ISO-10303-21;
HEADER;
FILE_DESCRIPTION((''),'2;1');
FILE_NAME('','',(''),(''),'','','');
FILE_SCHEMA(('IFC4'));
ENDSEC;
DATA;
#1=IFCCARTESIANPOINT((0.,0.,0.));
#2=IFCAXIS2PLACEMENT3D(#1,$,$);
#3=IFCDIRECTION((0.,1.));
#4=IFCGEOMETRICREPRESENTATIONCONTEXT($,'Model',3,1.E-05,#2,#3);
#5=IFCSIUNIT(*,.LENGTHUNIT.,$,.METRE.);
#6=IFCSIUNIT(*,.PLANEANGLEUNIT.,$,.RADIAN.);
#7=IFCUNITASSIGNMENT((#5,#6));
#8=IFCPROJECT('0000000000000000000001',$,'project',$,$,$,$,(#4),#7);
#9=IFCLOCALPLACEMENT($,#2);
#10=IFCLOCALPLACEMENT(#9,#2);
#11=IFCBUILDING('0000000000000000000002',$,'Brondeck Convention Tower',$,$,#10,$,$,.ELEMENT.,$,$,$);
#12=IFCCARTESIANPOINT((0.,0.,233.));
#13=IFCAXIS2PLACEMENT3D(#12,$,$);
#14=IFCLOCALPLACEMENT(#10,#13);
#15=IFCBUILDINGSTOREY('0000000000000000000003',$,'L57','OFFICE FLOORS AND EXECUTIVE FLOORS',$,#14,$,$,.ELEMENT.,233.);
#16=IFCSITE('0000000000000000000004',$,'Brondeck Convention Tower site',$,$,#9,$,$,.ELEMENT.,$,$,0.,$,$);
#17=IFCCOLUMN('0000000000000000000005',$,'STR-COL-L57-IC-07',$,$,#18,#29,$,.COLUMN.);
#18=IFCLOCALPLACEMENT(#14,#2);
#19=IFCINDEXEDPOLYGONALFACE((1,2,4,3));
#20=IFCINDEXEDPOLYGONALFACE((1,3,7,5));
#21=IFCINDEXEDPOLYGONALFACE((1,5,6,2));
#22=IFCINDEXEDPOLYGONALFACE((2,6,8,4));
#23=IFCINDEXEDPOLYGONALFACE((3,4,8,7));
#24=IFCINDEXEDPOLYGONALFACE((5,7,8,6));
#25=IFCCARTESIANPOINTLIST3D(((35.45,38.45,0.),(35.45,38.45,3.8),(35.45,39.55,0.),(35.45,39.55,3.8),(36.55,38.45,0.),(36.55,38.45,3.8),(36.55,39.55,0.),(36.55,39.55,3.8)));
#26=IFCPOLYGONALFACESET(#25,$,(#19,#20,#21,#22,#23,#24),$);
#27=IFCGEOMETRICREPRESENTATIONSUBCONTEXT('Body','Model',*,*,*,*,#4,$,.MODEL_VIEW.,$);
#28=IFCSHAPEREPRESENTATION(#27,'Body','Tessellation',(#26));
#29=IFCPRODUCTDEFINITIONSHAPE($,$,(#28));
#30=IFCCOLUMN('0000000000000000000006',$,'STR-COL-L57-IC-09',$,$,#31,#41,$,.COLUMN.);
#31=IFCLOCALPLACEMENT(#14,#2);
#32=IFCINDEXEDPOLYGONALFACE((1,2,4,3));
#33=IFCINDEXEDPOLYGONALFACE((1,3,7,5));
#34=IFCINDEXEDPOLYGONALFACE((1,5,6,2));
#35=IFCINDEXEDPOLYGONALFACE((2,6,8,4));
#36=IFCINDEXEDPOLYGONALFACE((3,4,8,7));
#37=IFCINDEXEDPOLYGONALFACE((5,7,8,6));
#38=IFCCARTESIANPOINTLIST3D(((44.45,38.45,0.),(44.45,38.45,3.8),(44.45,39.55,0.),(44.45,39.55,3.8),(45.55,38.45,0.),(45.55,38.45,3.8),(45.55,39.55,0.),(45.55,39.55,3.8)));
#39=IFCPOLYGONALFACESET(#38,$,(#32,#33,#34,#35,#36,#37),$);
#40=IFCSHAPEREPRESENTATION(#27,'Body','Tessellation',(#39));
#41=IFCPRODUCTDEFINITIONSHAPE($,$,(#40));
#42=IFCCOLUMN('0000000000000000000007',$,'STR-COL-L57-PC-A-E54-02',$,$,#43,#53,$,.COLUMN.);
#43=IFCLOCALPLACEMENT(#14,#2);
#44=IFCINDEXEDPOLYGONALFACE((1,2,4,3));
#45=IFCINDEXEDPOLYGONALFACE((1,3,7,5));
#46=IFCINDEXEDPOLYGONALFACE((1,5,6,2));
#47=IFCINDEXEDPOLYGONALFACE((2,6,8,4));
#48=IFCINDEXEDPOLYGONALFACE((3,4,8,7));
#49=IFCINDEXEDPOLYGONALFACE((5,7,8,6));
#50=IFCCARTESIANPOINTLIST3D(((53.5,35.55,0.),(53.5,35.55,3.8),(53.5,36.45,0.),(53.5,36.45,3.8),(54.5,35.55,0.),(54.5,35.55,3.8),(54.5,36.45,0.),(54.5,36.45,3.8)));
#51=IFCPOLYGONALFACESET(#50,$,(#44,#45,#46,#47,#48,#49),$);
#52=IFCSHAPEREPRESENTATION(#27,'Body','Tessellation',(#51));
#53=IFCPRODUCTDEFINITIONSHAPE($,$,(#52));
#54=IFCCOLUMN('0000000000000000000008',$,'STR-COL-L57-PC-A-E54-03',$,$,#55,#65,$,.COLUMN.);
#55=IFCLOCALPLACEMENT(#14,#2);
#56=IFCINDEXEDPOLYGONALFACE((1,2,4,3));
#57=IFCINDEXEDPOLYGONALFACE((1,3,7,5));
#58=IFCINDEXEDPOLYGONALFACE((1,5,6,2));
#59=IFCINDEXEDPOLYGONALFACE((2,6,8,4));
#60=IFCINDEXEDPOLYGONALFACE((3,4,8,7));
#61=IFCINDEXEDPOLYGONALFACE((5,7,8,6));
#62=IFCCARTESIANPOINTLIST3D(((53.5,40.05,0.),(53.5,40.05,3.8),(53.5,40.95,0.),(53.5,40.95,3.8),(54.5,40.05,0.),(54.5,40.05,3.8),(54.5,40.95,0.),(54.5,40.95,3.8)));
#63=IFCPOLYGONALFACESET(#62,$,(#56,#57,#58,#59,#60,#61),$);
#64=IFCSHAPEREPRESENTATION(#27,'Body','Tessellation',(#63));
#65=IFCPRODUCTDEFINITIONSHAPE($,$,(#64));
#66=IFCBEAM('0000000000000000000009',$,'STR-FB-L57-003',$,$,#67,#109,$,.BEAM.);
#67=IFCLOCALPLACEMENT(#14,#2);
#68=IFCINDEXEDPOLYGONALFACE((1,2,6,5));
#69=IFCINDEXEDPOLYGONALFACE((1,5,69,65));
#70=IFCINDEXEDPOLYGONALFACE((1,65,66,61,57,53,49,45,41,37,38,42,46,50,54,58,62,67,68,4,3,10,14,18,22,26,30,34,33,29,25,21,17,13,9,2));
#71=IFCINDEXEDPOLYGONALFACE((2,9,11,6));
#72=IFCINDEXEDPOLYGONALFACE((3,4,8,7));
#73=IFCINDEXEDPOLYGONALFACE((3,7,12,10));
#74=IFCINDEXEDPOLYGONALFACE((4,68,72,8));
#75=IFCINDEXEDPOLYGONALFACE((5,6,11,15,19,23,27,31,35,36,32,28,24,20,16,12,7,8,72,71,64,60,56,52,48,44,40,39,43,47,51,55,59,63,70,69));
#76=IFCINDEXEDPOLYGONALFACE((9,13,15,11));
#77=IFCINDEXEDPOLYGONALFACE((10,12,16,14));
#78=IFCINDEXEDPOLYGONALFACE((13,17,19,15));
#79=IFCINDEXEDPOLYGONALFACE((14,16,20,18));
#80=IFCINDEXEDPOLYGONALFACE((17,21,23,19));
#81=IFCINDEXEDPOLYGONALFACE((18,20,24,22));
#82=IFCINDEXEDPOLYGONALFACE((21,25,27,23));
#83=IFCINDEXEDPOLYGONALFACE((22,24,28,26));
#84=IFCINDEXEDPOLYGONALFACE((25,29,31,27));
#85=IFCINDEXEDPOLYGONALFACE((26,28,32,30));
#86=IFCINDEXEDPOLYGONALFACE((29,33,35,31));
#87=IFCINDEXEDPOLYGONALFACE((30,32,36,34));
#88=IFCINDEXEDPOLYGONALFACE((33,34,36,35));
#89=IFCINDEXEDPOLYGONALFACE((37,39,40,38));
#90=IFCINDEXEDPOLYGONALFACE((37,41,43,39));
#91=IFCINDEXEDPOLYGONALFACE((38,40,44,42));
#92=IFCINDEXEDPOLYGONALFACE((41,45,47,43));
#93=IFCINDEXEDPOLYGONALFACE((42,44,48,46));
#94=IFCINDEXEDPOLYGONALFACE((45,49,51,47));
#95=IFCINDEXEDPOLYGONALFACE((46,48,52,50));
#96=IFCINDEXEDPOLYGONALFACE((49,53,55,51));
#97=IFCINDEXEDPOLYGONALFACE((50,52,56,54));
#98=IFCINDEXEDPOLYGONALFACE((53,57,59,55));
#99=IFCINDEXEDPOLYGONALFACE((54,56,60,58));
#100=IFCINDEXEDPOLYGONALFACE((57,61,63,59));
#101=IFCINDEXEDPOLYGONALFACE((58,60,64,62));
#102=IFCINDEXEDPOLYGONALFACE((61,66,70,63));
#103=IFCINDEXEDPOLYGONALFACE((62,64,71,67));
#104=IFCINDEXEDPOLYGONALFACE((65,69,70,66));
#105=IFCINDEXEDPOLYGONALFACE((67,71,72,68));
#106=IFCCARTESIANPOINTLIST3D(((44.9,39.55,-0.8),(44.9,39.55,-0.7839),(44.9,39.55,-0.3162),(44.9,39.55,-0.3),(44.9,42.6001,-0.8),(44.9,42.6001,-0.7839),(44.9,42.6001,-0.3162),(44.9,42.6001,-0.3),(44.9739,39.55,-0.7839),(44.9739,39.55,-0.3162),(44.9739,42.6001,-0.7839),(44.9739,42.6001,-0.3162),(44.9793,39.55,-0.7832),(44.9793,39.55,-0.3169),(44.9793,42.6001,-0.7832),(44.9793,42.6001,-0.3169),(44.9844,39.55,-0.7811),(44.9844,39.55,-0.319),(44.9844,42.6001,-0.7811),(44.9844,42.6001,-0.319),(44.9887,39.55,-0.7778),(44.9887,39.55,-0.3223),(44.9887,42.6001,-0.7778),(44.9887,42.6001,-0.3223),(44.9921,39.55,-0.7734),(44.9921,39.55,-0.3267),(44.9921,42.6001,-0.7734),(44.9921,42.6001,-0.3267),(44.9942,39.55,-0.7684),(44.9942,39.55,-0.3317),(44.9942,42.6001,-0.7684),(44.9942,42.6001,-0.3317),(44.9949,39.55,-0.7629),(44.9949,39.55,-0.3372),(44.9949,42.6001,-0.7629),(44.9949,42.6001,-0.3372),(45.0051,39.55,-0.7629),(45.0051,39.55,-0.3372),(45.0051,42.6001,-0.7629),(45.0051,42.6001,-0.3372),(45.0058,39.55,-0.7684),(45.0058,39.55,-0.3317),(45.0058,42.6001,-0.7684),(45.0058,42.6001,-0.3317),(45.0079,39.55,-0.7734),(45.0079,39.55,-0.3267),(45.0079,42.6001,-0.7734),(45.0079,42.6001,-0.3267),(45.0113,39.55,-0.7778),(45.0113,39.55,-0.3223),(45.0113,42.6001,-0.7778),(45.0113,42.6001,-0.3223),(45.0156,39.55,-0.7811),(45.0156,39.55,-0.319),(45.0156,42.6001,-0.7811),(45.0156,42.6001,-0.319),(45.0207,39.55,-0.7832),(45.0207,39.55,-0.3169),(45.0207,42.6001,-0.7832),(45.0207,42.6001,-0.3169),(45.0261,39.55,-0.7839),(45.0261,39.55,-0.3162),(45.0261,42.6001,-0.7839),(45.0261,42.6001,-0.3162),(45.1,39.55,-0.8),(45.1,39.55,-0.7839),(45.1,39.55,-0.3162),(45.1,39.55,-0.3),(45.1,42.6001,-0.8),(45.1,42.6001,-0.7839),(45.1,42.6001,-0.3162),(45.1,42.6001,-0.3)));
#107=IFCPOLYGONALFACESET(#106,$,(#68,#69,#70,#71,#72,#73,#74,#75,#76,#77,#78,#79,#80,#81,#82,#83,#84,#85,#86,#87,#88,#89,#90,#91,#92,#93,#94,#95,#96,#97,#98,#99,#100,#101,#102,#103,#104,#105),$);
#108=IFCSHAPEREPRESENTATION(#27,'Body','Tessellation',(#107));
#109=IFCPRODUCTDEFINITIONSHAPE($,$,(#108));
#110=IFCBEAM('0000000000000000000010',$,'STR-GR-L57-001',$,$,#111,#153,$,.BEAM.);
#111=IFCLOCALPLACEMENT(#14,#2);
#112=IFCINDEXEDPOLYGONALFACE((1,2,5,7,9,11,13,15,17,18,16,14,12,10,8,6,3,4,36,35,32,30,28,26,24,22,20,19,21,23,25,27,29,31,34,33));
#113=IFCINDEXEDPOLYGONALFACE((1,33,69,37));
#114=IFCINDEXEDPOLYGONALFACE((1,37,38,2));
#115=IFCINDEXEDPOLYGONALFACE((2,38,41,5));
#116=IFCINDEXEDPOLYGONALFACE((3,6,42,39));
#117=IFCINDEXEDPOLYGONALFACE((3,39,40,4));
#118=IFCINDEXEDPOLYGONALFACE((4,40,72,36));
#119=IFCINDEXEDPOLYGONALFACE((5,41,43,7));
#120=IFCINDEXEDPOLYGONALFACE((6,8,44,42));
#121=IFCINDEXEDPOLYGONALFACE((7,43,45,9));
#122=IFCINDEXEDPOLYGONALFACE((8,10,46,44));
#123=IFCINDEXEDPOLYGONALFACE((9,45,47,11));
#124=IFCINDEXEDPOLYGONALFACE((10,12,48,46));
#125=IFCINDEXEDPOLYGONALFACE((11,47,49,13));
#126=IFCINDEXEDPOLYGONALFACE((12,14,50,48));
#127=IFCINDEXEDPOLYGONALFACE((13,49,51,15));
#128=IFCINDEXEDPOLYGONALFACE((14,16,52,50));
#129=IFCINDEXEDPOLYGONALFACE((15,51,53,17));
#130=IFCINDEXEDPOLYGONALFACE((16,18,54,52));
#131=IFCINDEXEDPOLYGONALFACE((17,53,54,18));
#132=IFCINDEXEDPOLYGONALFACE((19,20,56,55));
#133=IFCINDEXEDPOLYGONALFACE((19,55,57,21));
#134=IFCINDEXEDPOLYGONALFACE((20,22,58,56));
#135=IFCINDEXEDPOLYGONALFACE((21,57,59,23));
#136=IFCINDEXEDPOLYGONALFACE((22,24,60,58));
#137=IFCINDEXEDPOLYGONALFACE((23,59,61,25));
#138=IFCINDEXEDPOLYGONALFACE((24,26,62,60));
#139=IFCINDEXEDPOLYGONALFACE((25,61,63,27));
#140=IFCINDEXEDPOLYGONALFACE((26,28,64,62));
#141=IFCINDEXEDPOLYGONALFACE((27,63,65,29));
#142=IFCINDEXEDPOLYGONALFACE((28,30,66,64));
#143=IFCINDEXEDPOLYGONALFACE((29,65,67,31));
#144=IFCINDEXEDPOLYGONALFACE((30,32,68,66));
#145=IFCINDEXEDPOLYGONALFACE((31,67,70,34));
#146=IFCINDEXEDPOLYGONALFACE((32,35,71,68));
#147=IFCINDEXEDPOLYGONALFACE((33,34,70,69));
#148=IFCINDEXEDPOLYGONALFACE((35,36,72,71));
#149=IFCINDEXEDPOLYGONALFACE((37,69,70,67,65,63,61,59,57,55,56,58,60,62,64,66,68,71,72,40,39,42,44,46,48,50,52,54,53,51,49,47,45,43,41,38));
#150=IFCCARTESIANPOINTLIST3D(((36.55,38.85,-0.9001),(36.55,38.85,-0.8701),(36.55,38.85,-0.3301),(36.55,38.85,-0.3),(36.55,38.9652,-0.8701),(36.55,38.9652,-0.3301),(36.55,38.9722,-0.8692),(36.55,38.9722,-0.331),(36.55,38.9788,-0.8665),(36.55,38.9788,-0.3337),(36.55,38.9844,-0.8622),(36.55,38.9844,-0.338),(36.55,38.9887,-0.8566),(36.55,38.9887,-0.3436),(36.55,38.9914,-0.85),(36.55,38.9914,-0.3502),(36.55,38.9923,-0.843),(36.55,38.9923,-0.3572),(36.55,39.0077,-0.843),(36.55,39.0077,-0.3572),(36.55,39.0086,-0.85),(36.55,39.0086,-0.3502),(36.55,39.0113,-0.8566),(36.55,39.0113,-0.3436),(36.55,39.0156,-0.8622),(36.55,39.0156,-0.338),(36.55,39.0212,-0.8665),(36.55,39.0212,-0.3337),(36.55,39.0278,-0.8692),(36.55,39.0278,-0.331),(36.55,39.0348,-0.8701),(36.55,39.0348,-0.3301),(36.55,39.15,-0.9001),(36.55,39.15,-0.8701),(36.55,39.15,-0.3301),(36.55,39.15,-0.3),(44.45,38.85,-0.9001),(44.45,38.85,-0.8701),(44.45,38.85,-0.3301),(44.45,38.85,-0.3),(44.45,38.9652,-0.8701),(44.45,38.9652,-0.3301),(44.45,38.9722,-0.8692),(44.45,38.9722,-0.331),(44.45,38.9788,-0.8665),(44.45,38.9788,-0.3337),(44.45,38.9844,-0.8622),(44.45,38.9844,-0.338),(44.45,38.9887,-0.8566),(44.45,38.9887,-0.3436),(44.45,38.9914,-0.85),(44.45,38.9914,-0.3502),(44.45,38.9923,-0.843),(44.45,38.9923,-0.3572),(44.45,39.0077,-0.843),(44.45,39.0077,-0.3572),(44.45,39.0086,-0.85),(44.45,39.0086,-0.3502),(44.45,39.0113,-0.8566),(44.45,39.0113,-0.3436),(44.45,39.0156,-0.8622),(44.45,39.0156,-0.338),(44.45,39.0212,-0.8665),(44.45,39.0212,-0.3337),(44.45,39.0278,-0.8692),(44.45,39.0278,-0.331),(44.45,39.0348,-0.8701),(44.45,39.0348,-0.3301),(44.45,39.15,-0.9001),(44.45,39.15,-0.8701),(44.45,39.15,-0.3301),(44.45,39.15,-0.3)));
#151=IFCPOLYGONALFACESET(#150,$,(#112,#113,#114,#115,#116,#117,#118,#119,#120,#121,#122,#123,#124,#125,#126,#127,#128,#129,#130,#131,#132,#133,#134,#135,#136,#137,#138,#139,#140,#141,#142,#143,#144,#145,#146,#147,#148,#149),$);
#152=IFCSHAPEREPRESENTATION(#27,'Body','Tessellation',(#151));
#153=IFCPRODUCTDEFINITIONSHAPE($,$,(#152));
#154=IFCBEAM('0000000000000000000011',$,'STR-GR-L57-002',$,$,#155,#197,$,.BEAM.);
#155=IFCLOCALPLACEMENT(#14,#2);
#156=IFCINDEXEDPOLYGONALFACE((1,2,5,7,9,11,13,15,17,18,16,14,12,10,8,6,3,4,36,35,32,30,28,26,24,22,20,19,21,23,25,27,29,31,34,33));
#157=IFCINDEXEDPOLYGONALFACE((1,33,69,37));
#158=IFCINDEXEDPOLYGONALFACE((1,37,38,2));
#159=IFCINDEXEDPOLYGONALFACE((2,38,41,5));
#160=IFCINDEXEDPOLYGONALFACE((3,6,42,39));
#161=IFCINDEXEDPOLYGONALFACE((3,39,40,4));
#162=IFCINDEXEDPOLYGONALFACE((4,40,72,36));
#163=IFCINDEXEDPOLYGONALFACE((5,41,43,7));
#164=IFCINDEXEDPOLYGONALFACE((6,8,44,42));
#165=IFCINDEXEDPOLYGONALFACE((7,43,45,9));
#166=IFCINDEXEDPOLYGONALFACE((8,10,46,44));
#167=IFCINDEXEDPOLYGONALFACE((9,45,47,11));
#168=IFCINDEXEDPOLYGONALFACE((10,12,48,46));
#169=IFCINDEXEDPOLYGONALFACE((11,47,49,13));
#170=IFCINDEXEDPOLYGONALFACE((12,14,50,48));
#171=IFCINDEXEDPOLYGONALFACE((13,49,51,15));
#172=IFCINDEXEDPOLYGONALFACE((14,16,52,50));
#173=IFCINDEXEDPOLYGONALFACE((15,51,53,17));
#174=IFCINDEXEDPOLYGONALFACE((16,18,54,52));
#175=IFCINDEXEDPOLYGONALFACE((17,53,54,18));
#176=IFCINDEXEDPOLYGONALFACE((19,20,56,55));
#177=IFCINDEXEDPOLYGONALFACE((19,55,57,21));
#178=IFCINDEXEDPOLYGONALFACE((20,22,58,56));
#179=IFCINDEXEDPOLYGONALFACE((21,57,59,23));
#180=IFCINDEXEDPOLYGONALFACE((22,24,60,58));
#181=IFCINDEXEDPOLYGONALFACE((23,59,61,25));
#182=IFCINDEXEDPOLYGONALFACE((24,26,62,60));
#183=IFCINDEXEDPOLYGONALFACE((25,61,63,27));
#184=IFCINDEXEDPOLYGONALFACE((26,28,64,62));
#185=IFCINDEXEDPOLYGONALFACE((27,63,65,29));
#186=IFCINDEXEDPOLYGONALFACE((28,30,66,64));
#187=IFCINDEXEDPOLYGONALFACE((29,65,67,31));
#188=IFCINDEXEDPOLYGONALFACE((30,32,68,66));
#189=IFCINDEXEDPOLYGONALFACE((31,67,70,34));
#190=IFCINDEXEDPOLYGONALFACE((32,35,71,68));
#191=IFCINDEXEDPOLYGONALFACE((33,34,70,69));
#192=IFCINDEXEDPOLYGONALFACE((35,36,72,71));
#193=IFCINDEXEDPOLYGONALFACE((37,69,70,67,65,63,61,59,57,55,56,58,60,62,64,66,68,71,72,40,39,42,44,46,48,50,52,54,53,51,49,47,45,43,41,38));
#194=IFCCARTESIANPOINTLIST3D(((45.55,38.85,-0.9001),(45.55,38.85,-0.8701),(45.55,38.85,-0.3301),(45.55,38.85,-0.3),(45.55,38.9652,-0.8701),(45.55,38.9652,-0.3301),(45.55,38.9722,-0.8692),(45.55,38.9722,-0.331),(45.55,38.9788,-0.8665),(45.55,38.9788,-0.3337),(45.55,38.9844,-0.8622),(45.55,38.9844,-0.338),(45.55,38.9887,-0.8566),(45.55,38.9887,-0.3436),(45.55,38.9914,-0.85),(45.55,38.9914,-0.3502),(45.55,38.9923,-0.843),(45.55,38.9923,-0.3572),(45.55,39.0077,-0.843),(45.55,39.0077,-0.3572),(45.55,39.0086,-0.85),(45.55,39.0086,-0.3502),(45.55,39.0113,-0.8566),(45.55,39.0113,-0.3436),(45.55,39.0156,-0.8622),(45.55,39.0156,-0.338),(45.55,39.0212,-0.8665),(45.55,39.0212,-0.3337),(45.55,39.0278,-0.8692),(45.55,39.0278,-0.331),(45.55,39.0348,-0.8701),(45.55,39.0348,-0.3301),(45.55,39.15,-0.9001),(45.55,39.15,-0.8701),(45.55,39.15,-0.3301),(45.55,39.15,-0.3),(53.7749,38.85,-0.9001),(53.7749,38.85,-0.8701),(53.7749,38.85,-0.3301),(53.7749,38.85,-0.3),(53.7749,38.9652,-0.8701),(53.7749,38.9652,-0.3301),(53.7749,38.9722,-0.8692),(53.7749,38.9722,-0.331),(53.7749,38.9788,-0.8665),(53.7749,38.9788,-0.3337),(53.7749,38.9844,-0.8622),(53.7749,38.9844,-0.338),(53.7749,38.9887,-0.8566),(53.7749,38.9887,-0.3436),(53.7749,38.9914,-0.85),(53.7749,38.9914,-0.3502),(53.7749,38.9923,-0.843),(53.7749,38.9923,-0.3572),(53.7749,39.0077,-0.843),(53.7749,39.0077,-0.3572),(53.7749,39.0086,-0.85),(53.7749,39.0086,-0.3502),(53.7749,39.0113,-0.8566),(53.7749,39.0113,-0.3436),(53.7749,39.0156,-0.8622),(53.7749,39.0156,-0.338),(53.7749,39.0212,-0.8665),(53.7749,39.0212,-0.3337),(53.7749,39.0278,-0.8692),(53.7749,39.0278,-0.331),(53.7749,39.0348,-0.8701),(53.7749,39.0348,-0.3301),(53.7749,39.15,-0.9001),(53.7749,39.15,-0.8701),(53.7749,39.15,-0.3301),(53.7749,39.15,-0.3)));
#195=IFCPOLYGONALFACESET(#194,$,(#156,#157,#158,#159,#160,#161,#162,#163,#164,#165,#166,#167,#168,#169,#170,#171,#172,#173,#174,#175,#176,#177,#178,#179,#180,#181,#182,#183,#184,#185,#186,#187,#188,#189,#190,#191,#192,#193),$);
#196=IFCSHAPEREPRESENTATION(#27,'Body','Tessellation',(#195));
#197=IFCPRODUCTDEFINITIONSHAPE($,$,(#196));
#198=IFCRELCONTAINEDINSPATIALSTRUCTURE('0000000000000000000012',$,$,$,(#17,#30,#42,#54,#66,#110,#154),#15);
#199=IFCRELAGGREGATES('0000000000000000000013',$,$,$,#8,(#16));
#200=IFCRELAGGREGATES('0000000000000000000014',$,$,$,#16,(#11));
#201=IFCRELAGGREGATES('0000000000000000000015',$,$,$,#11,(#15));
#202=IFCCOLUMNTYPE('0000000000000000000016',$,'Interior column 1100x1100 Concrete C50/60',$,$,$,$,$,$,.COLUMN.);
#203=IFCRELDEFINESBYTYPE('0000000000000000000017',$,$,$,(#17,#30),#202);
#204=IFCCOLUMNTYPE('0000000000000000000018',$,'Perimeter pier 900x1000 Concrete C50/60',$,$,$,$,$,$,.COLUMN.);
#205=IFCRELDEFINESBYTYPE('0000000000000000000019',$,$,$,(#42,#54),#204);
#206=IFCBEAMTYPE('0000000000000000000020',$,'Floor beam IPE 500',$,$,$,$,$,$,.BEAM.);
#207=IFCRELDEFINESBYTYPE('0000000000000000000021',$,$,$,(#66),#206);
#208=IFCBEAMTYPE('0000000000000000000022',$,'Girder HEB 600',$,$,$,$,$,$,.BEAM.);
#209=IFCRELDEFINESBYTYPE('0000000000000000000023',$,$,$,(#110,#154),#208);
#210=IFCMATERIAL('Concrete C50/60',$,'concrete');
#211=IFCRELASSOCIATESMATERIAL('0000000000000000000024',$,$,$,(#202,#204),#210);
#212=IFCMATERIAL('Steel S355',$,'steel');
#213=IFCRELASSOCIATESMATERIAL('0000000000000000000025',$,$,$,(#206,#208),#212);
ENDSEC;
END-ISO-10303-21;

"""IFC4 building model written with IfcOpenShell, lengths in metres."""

from ifc_helpers import new_model, si_unit, direction, frame, origin, origin_2d, place, context, subcontext, project, spatial, rectangle, i_section, extrude, material, material_profile, profile_set, type_object, element, save


model = new_model("IFC4")

# Units and contexts
model_context = context("Model", 3, precision=1e-05, world=origin(), true_north=direction((0.0, 1.0)))
body_context = subcontext(model_context, "Body", "Model", "MODEL_VIEW")
ifc_project = project(units=[si_unit("LENGTHUNIT", "METRE"), si_unit("PLANEANGLEUNIT", "RADIAN")], contexts=[model_context])

# Site, building, storey
site_placement = place(None, origin())
site = spatial("IfcSite", under=ifc_project, at=site_placement, Name="Brondeck Convention Tower site", CompositionType="ELEMENT", RefElevation=0.0)
building_placement = place(site_placement, origin())
building = spatial("IfcBuilding", under=site, at=building_placement, Name="Brondeck Convention Tower", CompositionType="ELEMENT")
storey_placement = place(building_placement, frame((0.0, 0.0, 233.0)))
storey = spatial("IfcBuildingStorey", under=building, at=storey_placement, Name="L57", Description="OFFICE FLOORS AND EXECUTIVE FLOORS", CompositionType="ELEMENT", Elevation=233.0)

# Columns
ifc_material_1 = material(Name="Concrete C50/60", Category="concrete")
ifc_material_profile_1 = material_profile(ifc_material_1, rectangle(XDim=1.1001, YDim=1.1001, at=origin_2d()), Name="Interior column 1100x1100 Concrete C50/60")
ifc_profile_set_1 = profile_set([ifc_material_profile_1], Name="Concrete C50/60")
column_type_1 = type_object("IfcColumnType", Name="Interior column 1100x1100 Concrete C50/60", PredefinedType="COLUMN", material=ifc_profile_set_1)
for number, where, z_axis, x_axis, name in (
    (1, (36.0, 39.0, 0.0), (0.0, 0.0, 1.0), (1.0, 0.0, 0.0), "STR-COL-L57-IC-07"),
    (2, (45.0, 39.0, 0.0), (0.0, 0.0, 1.0), (1.0, 0.0, 0.0), "STR-COL-L57-IC-09"),
):
    element("IfcColumn", number, at=place(storey_placement, frame(where, z_axis=z_axis, x_axis=x_axis)), inside=storey, type_object=column_type_1, Name=name, PredefinedType="COLUMN", context=body_context, shape_type="SweptSolid", body=[
        extrude(rectangle(XDim=1.1001, YDim=1.1001, at=origin_2d()), origin(), (0.0, 0.0, 1.0), 3.8),
    ])
ifc_material_profile_2 = material_profile(ifc_material_1, rectangle(XDim=0.8999, YDim=1.0, at=origin_2d()), Name="Perimeter pier 900x1000 Concrete C50/60")
ifc_profile_set_2 = profile_set([ifc_material_profile_2], Name="Concrete C50/60")
column_type_2 = type_object("IfcColumnType", Name="Perimeter pier 900x1000 Concrete C50/60", PredefinedType="COLUMN", material=ifc_profile_set_2)
for number, where, z_axis, x_axis, name in (
    (3, (54.0, 36.0, 0.0), (0.0, 0.0, 1.0), (0.0, 1.0, 0.0), "STR-COL-L57-PC-A-E54-02"),
    (4, (54.0, 40.5, 0.0), (0.0, 0.0, 1.0), (0.0, 1.0, 0.0), "STR-COL-L57-PC-A-E54-03"),
):
    element("IfcColumn", number, at=place(storey_placement, frame(where, z_axis=z_axis, x_axis=x_axis)), inside=storey, type_object=column_type_2, Name=name, PredefinedType="COLUMN", context=body_context, shape_type="SweptSolid", body=[
        extrude(rectangle(XDim=0.8999, YDim=1.0, at=origin_2d()), origin(), (0.0, 0.0, 1.0), 3.8),
    ])

# Beams
ifc_material_2 = material(Name="Steel S355", Category="steel")
ifc_material_profile_3 = material_profile(ifc_material_2, i_section(OverallWidth=0.2, OverallDepth=0.5, WebThickness=0.0103, FlangeThickness=0.0161, FilletRadius=0.021, at=origin_2d()), Name="IPE 500")
ifc_profile_set_3 = profile_set([ifc_material_profile_3], Name="Steel S355")
beam_type_1 = type_object("IfcBeamType", Name="Floor beam IPE 500", PredefinedType="BEAM", material=ifc_profile_set_3)
beam_1_placement = place(storey_placement, frame((45.0, 39.55, -0.55), z_axis=(0.0, 1.0, 0.0), x_axis=(-1.0, 0.0, 0.0)))
element("IfcBeam", 5, at=beam_1_placement, inside=storey, type_object=beam_type_1, Name="STR-FB-L57-003", PredefinedType="BEAM", context=body_context, shape_type="SweptSolid", body=[
    extrude(i_section(OverallWidth=0.2, OverallDepth=0.5, WebThickness=0.0103, FlangeThickness=0.0161, FilletRadius=0.021, at=origin_2d()), origin(), (0.0, 0.0, 1.0), 3.05),
])
ifc_material_profile_4 = material_profile(ifc_material_2, i_section(OverallWidth=0.3, OverallDepth=0.6001, WebThickness=0.0154, FlangeThickness=0.03, FilletRadius=0.0271, at=origin_2d()), Name="HEB 600")
ifc_profile_set_4 = profile_set([ifc_material_profile_4], Name="Steel S355")
beam_type_2 = type_object("IfcBeamType", Name="Girder HEB 600", PredefinedType="BEAM", material=ifc_profile_set_4)
beam_2_placement = place(storey_placement, frame((36.55, 39.0, -0.6001), z_axis=(1.0, 0.0, 0.0), x_axis=(0.0, 1.0, 0.0)))
element("IfcBeam", 6, at=beam_2_placement, inside=storey, type_object=beam_type_2, Name="STR-GR-L57-001", PredefinedType="BEAM", context=body_context, shape_type="SweptSolid", body=[
    extrude(i_section(OverallWidth=0.3, OverallDepth=0.6001, WebThickness=0.0154, FlangeThickness=0.03, FilletRadius=0.0271, at=origin_2d()), origin(), (0.0, 0.0, 1.0), 7.8999),
])
beam_3_placement = place(storey_placement, frame((45.55, 39.0, -0.6001), z_axis=(1.0, 0.0, 0.0), x_axis=(0.0, 1.0, 0.0)))
element("IfcBeam", 7, at=beam_3_placement, inside=storey, type_object=beam_type_2, Name="STR-GR-L57-002", PredefinedType="BEAM", context=body_context, shape_type="SweptSolid", body=[
    extrude(i_section(OverallWidth=0.3, OverallDepth=0.6001, WebThickness=0.0154, FlangeThickness=0.03, FilletRadius=0.0271, at=origin_2d()), origin(), (0.0, 0.0, 1.0), 8.2249),
])

save(model, "model.ifc")
